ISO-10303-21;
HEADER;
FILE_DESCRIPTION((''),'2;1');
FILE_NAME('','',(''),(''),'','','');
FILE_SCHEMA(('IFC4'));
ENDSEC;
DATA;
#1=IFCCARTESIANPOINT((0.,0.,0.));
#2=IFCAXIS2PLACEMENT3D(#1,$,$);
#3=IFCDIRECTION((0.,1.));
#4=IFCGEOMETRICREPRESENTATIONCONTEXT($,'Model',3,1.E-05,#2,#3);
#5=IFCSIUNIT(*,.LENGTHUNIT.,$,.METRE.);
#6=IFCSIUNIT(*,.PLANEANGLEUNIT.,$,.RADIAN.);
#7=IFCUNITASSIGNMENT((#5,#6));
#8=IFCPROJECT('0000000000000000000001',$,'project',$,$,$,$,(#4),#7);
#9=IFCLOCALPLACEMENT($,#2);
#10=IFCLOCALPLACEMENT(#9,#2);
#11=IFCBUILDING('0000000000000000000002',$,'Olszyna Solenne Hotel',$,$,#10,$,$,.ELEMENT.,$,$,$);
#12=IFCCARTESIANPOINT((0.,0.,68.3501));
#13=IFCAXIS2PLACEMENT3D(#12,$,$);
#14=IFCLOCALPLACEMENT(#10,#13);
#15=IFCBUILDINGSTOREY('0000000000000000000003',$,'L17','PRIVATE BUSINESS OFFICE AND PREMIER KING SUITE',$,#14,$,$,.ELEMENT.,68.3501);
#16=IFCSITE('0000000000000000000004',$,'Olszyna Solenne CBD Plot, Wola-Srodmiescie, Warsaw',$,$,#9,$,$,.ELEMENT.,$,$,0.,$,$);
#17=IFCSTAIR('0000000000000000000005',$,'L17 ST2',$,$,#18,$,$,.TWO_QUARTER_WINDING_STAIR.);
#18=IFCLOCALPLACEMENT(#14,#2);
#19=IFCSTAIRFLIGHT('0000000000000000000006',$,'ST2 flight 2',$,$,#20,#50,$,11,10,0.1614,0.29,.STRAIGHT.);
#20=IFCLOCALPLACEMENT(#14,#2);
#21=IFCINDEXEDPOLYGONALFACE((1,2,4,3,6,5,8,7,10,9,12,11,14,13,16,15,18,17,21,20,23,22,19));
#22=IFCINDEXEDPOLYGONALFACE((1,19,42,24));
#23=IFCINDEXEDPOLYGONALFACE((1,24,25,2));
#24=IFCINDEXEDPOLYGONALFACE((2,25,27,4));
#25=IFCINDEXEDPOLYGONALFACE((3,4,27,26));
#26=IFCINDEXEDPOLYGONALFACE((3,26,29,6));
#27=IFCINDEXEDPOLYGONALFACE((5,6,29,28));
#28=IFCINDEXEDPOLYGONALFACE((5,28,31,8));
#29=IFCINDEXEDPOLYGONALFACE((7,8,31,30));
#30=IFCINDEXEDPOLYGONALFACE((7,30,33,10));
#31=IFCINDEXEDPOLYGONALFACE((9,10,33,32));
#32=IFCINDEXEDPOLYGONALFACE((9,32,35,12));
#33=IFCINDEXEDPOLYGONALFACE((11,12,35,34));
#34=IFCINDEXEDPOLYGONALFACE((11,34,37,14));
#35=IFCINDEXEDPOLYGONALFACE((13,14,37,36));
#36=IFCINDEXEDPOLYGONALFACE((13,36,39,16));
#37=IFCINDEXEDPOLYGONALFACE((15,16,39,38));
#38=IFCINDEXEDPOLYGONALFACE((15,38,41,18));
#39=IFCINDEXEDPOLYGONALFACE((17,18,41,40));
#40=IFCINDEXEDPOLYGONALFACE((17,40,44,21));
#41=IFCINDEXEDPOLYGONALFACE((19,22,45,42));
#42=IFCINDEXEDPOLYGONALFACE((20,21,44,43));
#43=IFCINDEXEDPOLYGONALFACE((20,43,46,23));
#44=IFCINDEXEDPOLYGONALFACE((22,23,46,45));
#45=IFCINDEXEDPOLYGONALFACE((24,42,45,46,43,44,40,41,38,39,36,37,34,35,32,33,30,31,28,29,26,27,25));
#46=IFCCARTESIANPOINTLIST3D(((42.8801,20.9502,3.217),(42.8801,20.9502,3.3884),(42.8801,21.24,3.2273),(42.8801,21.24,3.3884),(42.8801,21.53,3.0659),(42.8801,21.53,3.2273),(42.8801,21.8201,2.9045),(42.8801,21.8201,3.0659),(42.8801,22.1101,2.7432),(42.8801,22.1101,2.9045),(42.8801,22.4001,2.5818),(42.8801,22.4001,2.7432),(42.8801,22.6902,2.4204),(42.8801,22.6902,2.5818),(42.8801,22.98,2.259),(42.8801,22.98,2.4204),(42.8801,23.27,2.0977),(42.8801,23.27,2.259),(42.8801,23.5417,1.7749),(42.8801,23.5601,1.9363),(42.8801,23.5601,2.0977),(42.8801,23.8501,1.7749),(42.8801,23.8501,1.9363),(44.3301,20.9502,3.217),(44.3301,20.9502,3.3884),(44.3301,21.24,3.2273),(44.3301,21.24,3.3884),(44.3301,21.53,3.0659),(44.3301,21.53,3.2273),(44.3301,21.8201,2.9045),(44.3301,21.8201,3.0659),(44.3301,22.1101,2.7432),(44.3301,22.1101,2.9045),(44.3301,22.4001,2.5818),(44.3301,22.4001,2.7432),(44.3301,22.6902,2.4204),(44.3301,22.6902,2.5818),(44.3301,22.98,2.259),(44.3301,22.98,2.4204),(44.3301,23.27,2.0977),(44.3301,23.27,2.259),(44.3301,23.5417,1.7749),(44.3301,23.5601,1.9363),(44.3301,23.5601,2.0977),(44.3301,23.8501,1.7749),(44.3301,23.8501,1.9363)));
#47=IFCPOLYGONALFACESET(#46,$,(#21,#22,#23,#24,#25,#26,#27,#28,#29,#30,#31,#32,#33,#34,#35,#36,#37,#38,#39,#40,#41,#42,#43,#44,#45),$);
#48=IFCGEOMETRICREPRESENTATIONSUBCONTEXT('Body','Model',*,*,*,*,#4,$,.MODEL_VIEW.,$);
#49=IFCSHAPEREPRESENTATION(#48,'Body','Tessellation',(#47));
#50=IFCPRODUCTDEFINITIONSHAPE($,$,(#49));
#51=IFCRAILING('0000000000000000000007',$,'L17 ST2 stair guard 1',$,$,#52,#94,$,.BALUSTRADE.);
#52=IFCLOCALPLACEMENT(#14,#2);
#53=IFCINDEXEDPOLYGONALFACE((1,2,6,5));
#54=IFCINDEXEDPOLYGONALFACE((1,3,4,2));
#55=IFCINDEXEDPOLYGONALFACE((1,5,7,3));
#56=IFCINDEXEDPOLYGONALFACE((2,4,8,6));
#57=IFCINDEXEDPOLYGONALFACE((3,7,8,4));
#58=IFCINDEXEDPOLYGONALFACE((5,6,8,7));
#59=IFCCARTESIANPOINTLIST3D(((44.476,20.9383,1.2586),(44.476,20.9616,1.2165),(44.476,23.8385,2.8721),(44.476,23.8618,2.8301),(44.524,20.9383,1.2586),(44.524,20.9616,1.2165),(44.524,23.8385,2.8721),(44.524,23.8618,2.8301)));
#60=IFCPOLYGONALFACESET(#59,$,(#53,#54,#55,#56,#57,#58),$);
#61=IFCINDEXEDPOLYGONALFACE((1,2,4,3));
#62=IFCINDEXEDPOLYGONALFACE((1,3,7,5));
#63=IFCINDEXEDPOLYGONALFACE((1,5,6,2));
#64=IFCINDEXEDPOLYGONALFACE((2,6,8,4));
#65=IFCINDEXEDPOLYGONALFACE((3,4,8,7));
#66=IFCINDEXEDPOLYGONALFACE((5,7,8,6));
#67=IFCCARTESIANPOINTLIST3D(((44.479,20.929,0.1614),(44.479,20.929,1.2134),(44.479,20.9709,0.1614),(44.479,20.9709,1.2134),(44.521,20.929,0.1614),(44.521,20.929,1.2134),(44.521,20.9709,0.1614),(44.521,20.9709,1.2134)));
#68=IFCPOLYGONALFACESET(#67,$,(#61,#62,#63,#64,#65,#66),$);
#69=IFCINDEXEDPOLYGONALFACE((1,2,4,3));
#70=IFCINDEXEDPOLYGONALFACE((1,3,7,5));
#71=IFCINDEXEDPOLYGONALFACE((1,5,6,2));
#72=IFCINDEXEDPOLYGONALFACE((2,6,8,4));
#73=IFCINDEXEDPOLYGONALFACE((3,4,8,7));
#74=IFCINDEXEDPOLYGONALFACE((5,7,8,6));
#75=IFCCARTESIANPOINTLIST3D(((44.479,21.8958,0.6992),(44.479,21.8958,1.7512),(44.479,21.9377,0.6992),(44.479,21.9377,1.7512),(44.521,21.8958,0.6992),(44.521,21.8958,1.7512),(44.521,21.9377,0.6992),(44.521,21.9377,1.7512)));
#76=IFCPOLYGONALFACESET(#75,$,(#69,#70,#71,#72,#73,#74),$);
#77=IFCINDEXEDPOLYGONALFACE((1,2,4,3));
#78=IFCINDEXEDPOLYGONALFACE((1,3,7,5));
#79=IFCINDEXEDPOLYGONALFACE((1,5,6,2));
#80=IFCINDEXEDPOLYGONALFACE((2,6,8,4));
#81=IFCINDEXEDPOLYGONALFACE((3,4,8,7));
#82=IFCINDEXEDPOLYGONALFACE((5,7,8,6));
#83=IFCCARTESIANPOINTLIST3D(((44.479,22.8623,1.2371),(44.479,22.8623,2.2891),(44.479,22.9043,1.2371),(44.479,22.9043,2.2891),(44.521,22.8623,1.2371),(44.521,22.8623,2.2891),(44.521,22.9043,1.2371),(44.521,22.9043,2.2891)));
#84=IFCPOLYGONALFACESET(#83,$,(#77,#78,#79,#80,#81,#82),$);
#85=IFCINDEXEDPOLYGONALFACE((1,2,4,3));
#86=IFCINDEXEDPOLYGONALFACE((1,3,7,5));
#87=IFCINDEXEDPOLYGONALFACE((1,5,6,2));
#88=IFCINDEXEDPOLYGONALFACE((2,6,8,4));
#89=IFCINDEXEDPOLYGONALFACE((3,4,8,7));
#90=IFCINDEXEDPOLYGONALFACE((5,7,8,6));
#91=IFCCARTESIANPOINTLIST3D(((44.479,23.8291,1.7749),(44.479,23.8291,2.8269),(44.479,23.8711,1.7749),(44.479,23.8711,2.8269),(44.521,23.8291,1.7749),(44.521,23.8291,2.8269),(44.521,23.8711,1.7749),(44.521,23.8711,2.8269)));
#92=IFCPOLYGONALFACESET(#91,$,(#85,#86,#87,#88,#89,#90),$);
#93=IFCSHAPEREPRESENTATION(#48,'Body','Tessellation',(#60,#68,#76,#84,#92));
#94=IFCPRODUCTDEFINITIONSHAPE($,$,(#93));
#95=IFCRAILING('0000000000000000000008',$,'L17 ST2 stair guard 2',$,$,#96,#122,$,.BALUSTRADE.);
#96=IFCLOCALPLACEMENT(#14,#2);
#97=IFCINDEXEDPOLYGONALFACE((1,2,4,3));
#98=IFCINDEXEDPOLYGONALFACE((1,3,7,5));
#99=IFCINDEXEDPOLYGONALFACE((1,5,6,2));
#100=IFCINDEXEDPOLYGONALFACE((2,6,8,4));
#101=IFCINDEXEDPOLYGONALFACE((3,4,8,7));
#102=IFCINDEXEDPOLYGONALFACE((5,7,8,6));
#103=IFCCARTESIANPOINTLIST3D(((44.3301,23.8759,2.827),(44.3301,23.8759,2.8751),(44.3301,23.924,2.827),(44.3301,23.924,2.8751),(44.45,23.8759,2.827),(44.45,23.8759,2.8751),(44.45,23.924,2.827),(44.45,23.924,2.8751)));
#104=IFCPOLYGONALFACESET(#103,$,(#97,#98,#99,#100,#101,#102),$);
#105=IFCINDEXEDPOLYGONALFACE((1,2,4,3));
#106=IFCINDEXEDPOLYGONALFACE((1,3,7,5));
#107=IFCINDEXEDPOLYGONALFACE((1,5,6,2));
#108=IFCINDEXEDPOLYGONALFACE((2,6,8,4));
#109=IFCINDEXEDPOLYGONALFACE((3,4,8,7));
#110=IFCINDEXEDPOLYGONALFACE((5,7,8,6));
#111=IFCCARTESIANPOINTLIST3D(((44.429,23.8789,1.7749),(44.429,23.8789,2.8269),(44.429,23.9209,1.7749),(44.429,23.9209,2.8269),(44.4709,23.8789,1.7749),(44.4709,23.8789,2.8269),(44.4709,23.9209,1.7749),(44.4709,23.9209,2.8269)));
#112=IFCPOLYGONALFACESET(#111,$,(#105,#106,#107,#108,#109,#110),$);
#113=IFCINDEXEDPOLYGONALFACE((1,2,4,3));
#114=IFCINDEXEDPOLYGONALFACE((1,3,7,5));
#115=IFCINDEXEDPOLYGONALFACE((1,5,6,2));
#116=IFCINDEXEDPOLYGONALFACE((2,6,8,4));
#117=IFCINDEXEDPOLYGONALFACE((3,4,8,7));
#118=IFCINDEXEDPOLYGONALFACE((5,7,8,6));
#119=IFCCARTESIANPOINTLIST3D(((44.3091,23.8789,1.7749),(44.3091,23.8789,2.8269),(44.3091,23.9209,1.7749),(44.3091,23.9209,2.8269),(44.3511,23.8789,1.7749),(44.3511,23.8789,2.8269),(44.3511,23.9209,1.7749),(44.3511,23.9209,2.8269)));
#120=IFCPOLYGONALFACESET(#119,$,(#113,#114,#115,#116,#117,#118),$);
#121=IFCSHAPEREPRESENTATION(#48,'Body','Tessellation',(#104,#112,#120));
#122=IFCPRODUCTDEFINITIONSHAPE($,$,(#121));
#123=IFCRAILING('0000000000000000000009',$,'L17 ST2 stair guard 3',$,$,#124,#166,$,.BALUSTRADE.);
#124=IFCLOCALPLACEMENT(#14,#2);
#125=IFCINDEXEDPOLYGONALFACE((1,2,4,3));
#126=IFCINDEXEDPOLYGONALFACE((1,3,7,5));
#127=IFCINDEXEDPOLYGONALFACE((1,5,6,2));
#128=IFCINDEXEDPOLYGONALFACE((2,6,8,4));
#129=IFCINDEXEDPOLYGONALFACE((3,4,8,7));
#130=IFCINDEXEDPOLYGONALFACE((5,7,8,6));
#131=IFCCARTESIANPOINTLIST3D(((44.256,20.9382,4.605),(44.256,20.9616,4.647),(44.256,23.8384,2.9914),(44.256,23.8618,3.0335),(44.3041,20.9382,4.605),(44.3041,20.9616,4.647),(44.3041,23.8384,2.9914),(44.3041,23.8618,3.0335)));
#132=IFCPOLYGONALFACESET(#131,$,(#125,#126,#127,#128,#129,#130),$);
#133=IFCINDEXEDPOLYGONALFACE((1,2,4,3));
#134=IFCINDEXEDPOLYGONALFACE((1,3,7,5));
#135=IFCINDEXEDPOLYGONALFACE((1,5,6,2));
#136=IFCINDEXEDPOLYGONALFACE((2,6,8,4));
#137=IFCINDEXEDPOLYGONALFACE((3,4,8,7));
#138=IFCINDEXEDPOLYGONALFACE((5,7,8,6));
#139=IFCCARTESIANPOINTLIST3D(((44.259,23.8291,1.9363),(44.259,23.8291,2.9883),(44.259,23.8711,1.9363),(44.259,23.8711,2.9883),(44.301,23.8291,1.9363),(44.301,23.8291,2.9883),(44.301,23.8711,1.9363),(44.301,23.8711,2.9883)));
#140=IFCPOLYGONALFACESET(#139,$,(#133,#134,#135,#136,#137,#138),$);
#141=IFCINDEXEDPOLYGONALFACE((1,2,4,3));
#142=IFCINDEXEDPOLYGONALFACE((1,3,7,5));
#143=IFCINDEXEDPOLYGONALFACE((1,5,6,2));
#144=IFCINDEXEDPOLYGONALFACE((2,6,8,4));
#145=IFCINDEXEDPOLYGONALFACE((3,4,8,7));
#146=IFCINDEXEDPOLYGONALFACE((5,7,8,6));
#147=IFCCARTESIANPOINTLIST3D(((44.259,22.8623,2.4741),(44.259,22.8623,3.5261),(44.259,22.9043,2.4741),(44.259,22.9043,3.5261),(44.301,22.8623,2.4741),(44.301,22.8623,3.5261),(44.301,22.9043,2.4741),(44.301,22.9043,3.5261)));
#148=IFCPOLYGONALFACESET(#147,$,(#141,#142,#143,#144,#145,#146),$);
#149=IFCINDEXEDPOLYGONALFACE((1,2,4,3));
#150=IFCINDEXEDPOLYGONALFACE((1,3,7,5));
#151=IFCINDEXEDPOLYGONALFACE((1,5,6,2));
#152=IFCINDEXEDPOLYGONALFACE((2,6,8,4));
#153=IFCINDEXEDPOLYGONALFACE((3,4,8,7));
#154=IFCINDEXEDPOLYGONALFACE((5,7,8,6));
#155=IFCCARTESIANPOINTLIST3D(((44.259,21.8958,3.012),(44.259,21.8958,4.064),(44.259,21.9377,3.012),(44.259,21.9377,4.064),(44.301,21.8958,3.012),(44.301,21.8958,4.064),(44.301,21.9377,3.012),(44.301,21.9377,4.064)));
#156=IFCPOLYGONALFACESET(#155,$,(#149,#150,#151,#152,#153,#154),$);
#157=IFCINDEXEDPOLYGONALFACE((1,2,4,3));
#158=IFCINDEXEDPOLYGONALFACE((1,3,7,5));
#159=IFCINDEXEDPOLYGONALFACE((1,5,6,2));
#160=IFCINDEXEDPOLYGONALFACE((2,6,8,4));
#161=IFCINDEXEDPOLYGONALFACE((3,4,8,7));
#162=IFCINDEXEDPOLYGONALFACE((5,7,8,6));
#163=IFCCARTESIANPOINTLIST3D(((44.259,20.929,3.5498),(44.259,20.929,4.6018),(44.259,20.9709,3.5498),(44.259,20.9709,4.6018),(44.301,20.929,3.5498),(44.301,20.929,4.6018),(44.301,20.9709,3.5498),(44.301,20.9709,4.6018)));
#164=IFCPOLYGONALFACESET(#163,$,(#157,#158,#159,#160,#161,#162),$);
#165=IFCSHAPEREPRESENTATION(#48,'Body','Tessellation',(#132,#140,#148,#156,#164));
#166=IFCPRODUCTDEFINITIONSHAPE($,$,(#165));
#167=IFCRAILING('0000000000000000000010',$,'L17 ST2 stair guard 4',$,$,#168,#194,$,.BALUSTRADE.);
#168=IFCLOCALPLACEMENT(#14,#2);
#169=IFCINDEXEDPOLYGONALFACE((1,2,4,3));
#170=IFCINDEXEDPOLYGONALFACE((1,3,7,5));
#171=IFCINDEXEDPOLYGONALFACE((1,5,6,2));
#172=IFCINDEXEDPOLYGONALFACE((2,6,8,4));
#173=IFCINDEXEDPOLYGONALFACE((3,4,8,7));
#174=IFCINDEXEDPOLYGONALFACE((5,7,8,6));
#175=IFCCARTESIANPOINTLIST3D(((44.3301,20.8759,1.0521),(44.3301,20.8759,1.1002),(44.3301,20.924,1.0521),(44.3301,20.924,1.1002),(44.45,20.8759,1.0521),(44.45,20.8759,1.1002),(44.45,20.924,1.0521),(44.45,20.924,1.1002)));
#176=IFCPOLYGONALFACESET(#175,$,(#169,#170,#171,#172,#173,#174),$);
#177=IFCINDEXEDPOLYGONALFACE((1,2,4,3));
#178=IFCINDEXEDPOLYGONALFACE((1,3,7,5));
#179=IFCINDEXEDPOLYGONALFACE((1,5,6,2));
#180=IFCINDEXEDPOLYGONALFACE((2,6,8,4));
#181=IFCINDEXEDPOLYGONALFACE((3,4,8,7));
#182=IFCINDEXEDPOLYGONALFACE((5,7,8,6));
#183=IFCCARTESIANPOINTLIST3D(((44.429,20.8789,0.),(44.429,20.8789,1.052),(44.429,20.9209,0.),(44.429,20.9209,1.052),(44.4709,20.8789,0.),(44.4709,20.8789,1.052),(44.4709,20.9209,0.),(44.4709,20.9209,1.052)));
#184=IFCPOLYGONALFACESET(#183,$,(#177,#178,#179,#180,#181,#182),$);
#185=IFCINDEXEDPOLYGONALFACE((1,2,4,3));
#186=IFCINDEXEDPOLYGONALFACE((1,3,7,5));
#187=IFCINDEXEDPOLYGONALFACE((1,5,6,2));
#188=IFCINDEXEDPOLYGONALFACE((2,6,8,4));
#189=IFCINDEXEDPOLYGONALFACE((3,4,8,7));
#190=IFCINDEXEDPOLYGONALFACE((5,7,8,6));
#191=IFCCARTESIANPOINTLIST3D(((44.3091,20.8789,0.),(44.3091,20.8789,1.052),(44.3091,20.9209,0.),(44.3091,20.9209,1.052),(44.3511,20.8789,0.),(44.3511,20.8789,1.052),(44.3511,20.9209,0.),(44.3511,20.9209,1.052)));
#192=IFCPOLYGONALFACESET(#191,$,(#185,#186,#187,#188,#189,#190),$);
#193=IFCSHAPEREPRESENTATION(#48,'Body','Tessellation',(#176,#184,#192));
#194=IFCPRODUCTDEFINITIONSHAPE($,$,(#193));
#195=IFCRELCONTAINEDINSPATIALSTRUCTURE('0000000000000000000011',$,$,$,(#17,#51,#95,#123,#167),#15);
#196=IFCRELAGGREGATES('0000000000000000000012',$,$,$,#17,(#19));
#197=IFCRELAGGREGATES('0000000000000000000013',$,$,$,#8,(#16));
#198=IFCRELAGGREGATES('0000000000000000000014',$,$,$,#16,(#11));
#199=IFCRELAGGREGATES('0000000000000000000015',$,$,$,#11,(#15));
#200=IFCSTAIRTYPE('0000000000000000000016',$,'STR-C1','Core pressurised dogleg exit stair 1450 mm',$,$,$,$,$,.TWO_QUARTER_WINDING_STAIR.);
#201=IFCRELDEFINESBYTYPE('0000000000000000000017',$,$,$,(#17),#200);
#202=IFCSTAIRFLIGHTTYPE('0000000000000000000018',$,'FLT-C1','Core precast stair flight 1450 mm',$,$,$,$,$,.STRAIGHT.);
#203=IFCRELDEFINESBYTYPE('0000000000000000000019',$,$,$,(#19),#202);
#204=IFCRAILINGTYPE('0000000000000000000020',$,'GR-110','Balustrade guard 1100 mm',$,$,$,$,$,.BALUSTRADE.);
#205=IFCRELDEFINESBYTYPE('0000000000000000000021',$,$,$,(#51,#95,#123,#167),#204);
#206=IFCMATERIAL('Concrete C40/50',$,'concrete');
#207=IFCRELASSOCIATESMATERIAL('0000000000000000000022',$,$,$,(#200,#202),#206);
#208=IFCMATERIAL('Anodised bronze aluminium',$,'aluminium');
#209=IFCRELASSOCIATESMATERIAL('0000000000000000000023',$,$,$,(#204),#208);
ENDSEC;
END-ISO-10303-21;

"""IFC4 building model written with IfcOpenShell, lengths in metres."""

from ifc_helpers import new_model, si_unit, direction, frame, origin, origin_2d, place, context, subcontext, project, spatial, polyline, rectangle, outline, extrude, material, type_object, element, aggregate, save


model = new_model("IFC4")

# Units and contexts
model_context = context("Model", 3, precision=1e-05, world=origin(), true_north=direction((0.0, 1.0)))
body_context = subcontext(model_context, "Body", "Model", "MODEL_VIEW")
ifc_project = project(units=[si_unit("LENGTHUNIT", "METRE"), si_unit("PLANEANGLEUNIT", "RADIAN")], contexts=[model_context])

# Site, building, storey
site_placement = place(None, origin())
site = spatial("IfcSite", under=ifc_project, at=site_placement, Name="Olszyna Solenne CBD Plot, Wola-Srodmiescie, Warsaw", CompositionType="ELEMENT", RefElevation=0.0)
building_placement = place(site_placement, origin())
building = spatial("IfcBuilding", under=site, at=building_placement, Name="Olszyna Solenne Hotel", CompositionType="ELEMENT")
storey_placement = place(building_placement, frame((0.0, 0.0, 68.3501)))
storey = spatial("IfcBuildingStorey", under=building, at=storey_placement, Name="L17", Description="PRIVATE BUSINESS OFFICE AND PREMIER KING SUITE", CompositionType="ELEMENT", Elevation=68.3501)

# Stair, stair flight
ifc_material_1 = material(Name="Concrete C40/50", Category="concrete")
stair_type = type_object("IfcStairType", Name="STR-C1", Description="Core pressurised dogleg exit stair 1450 mm", PredefinedType="TWO_QUARTER_WINDING_STAIR", material=ifc_material_1)
stair_placement = place(storey_placement, origin())
stair = element("IfcStair", 1, at=stair_placement, inside=storey, type_object=stair_type, Name="L17 ST2", PredefinedType="TWO_QUARTER_WINDING_STAIR")
stair_flight_type = type_object("IfcStairFlightType", Name="FLT-C1", Description="Core precast stair flight 1450 mm", PredefinedType="STRAIGHT", material=ifc_material_1)
stair_flight_placement = place(storey_placement, frame((43.605, 23.8501, 1.7749), z_axis=(0.0, 0.0, 1.0), x_axis=(0.0, -1.0, 0.0)))
stair_flight = element("IfcStairFlight", 2, at=stair_flight_placement, type_object=stair_flight_type, Name="ST2 flight 2", NumberOfRisers=11, NumberOfTreads=10, PredefinedType="STRAIGHT", RiserHeight=0.1614, TreadLength=0.29, context=body_context, shape_type="SweptSolid", body=[
    extrude(outline(polyline([(0.0, 0.0), (0.0, 0.1614), (0.29, 0.1614), (0.29, 0.3228), (0.5801, 0.3228), (0.5801, 0.4841), (0.8701, 0.4841), (0.8701, 0.6455), (1.1599, 0.6455), (1.1599, 0.8069), (1.45, 0.8069), (1.45, 0.9683), (1.74, 0.9683), (1.74, 1.1296), (2.03, 1.1296), (2.03, 1.291), (2.3201, 1.291), (2.3201, 1.4524), (2.6101, 1.4524), (2.6101, 1.6135), (2.8999, 1.6135), (2.8999, 1.7749), (2.8999, 1.4421), (0.3083, 0.0), (0.0, 0.0)])), frame((0.0, 0.7251, 0.0), z_axis=(0.0, -1.0, 0.0), x_axis=(1.0, 0.0, 0.0)), (0.0, 0.0, 1.0), 1.45),
])
aggregate(stair, [stair_flight])

# Railings
ifc_material_2 = material(Name="Anodised bronze aluminium", Category="aluminium")
railing_type_1 = type_object("IfcRailingType", Name="GR-110", Description="Balustrade guard 1100 mm", PredefinedType="BALUSTRADE", material=ifc_material_2)
railing_1_placement = place(storey_placement, frame((44.5, 20.95, 0.1614)))
element("IfcRailing", 3, at=railing_1_placement, inside=storey, type_object=railing_type_1, Name="L17 ST2 stair guard 1", PredefinedType="BALUSTRADE", context=body_context, shape_type="SweptSolid", body=[
    extrude(rectangle(XDim=0.0481, YDim=0.0481, at=origin_2d()), frame((0.0, 0.0, 1.0762), z_axis=(0.0, 0.873859, 0.48618), x_axis=(-1.0, 0.0, 0.0)), (0.0, 0.0, 1.0), 3.3188),
    extrude(rectangle(XDim=0.042, YDim=0.042, at=origin_2d()), origin(), (0.0, 0.0, 1.0), 1.052),
    extrude(rectangle(XDim=0.042, YDim=0.042, at=origin_2d()), frame((0.0, 0.9668, 0.5378)), (0.0, 0.0, 1.0), 1.052),
    extrude(rectangle(XDim=0.042, YDim=0.042, at=origin_2d()), frame((0.0, 1.9333, 1.0757)), (0.0, 0.0, 1.0), 1.052),
    extrude(rectangle(XDim=0.042, YDim=0.042, at=origin_2d()), frame((0.0, 2.9001, 1.6135)), (0.0, 0.0, 1.0), 1.052),
])
railing_2_placement = place(storey_placement, frame((44.45, 23.8999, 1.7749)))
element("IfcRailing", 4, at=railing_2_placement, inside=storey, type_object=railing_type_1, Name="L17 ST2 stair guard 2", PredefinedType="BALUSTRADE", context=body_context, shape_type="SweptSolid", body=[
    extrude(rectangle(XDim=0.0481, YDim=0.0481, at=origin_2d()), frame((0.0, 0.0, 1.0762), z_axis=(-1.0, 0.0, 0.0), x_axis=(0.0, -1.0, 0.0)), (0.0, 0.0, 1.0), 0.1199),
    extrude(rectangle(XDim=0.042, YDim=0.042, at=origin_2d()), origin(), (0.0, 0.0, 1.0), 1.052),
    extrude(rectangle(XDim=0.042, YDim=0.042, at=origin_2d()), frame((-0.1199, 0.0, 0.0)), (0.0, 0.0, 1.0), 1.052),
])
railing_3_placement = place(storey_placement, frame((44.28, 23.8501, 1.9363)))
element("IfcRailing", 5, at=railing_3_placement, inside=storey, type_object=railing_type_1, Name="L17 ST2 stair guard 3", PredefinedType="BALUSTRADE", context=body_context, shape_type="SweptSolid", body=[
    extrude(rectangle(XDim=0.0481, YDim=0.0481, at=origin_2d()), frame((0.0, 0.0, 1.0762), z_axis=(0.0, -0.873859, 0.48618), x_axis=(1.0, 0.0, 0.0)), (0.0, 0.0, 1.0), 3.3188),
    extrude(rectangle(XDim=0.042, YDim=0.042, at=origin_2d()), origin(), (0.0, 0.0, 1.0), 1.052),
    extrude(rectangle(XDim=0.042, YDim=0.042, at=origin_2d()), frame((0.0, -0.9668, 0.5378)), (0.0, 0.0, 1.0), 1.052),
    extrude(rectangle(XDim=0.042, YDim=0.042, at=origin_2d()), frame((0.0, -1.9333, 1.0757)), (0.0, 0.0, 1.0), 1.052),
    extrude(rectangle(XDim=0.042, YDim=0.042, at=origin_2d()), frame((0.0, -2.9001, 1.6135)), (0.0, 0.0, 1.0), 1.052),
])
railing_4_placement = place(storey_placement, frame((44.45, 20.8999, 0.0)))
element("IfcRailing", 6, at=railing_4_placement, inside=storey, type_object=railing_type_1, Name="L17 ST2 stair guard 4", PredefinedType="BALUSTRADE", context=body_context, shape_type="SweptSolid", body=[
    extrude(rectangle(XDim=0.0481, YDim=0.0481, at=origin_2d()), frame((0.0, 0.0, 1.0762), z_axis=(-1.0, 0.0, 0.0), x_axis=(0.0, -1.0, 0.0)), (0.0, 0.0, 1.0), 0.1199),
    extrude(rectangle(XDim=0.042, YDim=0.042, at=origin_2d()), origin(), (0.0, 0.0, 1.0), 1.052),
    extrude(rectangle(XDim=0.042, YDim=0.042, at=origin_2d()), frame((-0.1199, 0.0, 0.0)), (0.0, 0.0, 1.0), 1.052),
])

save(model, "model.ifc")
